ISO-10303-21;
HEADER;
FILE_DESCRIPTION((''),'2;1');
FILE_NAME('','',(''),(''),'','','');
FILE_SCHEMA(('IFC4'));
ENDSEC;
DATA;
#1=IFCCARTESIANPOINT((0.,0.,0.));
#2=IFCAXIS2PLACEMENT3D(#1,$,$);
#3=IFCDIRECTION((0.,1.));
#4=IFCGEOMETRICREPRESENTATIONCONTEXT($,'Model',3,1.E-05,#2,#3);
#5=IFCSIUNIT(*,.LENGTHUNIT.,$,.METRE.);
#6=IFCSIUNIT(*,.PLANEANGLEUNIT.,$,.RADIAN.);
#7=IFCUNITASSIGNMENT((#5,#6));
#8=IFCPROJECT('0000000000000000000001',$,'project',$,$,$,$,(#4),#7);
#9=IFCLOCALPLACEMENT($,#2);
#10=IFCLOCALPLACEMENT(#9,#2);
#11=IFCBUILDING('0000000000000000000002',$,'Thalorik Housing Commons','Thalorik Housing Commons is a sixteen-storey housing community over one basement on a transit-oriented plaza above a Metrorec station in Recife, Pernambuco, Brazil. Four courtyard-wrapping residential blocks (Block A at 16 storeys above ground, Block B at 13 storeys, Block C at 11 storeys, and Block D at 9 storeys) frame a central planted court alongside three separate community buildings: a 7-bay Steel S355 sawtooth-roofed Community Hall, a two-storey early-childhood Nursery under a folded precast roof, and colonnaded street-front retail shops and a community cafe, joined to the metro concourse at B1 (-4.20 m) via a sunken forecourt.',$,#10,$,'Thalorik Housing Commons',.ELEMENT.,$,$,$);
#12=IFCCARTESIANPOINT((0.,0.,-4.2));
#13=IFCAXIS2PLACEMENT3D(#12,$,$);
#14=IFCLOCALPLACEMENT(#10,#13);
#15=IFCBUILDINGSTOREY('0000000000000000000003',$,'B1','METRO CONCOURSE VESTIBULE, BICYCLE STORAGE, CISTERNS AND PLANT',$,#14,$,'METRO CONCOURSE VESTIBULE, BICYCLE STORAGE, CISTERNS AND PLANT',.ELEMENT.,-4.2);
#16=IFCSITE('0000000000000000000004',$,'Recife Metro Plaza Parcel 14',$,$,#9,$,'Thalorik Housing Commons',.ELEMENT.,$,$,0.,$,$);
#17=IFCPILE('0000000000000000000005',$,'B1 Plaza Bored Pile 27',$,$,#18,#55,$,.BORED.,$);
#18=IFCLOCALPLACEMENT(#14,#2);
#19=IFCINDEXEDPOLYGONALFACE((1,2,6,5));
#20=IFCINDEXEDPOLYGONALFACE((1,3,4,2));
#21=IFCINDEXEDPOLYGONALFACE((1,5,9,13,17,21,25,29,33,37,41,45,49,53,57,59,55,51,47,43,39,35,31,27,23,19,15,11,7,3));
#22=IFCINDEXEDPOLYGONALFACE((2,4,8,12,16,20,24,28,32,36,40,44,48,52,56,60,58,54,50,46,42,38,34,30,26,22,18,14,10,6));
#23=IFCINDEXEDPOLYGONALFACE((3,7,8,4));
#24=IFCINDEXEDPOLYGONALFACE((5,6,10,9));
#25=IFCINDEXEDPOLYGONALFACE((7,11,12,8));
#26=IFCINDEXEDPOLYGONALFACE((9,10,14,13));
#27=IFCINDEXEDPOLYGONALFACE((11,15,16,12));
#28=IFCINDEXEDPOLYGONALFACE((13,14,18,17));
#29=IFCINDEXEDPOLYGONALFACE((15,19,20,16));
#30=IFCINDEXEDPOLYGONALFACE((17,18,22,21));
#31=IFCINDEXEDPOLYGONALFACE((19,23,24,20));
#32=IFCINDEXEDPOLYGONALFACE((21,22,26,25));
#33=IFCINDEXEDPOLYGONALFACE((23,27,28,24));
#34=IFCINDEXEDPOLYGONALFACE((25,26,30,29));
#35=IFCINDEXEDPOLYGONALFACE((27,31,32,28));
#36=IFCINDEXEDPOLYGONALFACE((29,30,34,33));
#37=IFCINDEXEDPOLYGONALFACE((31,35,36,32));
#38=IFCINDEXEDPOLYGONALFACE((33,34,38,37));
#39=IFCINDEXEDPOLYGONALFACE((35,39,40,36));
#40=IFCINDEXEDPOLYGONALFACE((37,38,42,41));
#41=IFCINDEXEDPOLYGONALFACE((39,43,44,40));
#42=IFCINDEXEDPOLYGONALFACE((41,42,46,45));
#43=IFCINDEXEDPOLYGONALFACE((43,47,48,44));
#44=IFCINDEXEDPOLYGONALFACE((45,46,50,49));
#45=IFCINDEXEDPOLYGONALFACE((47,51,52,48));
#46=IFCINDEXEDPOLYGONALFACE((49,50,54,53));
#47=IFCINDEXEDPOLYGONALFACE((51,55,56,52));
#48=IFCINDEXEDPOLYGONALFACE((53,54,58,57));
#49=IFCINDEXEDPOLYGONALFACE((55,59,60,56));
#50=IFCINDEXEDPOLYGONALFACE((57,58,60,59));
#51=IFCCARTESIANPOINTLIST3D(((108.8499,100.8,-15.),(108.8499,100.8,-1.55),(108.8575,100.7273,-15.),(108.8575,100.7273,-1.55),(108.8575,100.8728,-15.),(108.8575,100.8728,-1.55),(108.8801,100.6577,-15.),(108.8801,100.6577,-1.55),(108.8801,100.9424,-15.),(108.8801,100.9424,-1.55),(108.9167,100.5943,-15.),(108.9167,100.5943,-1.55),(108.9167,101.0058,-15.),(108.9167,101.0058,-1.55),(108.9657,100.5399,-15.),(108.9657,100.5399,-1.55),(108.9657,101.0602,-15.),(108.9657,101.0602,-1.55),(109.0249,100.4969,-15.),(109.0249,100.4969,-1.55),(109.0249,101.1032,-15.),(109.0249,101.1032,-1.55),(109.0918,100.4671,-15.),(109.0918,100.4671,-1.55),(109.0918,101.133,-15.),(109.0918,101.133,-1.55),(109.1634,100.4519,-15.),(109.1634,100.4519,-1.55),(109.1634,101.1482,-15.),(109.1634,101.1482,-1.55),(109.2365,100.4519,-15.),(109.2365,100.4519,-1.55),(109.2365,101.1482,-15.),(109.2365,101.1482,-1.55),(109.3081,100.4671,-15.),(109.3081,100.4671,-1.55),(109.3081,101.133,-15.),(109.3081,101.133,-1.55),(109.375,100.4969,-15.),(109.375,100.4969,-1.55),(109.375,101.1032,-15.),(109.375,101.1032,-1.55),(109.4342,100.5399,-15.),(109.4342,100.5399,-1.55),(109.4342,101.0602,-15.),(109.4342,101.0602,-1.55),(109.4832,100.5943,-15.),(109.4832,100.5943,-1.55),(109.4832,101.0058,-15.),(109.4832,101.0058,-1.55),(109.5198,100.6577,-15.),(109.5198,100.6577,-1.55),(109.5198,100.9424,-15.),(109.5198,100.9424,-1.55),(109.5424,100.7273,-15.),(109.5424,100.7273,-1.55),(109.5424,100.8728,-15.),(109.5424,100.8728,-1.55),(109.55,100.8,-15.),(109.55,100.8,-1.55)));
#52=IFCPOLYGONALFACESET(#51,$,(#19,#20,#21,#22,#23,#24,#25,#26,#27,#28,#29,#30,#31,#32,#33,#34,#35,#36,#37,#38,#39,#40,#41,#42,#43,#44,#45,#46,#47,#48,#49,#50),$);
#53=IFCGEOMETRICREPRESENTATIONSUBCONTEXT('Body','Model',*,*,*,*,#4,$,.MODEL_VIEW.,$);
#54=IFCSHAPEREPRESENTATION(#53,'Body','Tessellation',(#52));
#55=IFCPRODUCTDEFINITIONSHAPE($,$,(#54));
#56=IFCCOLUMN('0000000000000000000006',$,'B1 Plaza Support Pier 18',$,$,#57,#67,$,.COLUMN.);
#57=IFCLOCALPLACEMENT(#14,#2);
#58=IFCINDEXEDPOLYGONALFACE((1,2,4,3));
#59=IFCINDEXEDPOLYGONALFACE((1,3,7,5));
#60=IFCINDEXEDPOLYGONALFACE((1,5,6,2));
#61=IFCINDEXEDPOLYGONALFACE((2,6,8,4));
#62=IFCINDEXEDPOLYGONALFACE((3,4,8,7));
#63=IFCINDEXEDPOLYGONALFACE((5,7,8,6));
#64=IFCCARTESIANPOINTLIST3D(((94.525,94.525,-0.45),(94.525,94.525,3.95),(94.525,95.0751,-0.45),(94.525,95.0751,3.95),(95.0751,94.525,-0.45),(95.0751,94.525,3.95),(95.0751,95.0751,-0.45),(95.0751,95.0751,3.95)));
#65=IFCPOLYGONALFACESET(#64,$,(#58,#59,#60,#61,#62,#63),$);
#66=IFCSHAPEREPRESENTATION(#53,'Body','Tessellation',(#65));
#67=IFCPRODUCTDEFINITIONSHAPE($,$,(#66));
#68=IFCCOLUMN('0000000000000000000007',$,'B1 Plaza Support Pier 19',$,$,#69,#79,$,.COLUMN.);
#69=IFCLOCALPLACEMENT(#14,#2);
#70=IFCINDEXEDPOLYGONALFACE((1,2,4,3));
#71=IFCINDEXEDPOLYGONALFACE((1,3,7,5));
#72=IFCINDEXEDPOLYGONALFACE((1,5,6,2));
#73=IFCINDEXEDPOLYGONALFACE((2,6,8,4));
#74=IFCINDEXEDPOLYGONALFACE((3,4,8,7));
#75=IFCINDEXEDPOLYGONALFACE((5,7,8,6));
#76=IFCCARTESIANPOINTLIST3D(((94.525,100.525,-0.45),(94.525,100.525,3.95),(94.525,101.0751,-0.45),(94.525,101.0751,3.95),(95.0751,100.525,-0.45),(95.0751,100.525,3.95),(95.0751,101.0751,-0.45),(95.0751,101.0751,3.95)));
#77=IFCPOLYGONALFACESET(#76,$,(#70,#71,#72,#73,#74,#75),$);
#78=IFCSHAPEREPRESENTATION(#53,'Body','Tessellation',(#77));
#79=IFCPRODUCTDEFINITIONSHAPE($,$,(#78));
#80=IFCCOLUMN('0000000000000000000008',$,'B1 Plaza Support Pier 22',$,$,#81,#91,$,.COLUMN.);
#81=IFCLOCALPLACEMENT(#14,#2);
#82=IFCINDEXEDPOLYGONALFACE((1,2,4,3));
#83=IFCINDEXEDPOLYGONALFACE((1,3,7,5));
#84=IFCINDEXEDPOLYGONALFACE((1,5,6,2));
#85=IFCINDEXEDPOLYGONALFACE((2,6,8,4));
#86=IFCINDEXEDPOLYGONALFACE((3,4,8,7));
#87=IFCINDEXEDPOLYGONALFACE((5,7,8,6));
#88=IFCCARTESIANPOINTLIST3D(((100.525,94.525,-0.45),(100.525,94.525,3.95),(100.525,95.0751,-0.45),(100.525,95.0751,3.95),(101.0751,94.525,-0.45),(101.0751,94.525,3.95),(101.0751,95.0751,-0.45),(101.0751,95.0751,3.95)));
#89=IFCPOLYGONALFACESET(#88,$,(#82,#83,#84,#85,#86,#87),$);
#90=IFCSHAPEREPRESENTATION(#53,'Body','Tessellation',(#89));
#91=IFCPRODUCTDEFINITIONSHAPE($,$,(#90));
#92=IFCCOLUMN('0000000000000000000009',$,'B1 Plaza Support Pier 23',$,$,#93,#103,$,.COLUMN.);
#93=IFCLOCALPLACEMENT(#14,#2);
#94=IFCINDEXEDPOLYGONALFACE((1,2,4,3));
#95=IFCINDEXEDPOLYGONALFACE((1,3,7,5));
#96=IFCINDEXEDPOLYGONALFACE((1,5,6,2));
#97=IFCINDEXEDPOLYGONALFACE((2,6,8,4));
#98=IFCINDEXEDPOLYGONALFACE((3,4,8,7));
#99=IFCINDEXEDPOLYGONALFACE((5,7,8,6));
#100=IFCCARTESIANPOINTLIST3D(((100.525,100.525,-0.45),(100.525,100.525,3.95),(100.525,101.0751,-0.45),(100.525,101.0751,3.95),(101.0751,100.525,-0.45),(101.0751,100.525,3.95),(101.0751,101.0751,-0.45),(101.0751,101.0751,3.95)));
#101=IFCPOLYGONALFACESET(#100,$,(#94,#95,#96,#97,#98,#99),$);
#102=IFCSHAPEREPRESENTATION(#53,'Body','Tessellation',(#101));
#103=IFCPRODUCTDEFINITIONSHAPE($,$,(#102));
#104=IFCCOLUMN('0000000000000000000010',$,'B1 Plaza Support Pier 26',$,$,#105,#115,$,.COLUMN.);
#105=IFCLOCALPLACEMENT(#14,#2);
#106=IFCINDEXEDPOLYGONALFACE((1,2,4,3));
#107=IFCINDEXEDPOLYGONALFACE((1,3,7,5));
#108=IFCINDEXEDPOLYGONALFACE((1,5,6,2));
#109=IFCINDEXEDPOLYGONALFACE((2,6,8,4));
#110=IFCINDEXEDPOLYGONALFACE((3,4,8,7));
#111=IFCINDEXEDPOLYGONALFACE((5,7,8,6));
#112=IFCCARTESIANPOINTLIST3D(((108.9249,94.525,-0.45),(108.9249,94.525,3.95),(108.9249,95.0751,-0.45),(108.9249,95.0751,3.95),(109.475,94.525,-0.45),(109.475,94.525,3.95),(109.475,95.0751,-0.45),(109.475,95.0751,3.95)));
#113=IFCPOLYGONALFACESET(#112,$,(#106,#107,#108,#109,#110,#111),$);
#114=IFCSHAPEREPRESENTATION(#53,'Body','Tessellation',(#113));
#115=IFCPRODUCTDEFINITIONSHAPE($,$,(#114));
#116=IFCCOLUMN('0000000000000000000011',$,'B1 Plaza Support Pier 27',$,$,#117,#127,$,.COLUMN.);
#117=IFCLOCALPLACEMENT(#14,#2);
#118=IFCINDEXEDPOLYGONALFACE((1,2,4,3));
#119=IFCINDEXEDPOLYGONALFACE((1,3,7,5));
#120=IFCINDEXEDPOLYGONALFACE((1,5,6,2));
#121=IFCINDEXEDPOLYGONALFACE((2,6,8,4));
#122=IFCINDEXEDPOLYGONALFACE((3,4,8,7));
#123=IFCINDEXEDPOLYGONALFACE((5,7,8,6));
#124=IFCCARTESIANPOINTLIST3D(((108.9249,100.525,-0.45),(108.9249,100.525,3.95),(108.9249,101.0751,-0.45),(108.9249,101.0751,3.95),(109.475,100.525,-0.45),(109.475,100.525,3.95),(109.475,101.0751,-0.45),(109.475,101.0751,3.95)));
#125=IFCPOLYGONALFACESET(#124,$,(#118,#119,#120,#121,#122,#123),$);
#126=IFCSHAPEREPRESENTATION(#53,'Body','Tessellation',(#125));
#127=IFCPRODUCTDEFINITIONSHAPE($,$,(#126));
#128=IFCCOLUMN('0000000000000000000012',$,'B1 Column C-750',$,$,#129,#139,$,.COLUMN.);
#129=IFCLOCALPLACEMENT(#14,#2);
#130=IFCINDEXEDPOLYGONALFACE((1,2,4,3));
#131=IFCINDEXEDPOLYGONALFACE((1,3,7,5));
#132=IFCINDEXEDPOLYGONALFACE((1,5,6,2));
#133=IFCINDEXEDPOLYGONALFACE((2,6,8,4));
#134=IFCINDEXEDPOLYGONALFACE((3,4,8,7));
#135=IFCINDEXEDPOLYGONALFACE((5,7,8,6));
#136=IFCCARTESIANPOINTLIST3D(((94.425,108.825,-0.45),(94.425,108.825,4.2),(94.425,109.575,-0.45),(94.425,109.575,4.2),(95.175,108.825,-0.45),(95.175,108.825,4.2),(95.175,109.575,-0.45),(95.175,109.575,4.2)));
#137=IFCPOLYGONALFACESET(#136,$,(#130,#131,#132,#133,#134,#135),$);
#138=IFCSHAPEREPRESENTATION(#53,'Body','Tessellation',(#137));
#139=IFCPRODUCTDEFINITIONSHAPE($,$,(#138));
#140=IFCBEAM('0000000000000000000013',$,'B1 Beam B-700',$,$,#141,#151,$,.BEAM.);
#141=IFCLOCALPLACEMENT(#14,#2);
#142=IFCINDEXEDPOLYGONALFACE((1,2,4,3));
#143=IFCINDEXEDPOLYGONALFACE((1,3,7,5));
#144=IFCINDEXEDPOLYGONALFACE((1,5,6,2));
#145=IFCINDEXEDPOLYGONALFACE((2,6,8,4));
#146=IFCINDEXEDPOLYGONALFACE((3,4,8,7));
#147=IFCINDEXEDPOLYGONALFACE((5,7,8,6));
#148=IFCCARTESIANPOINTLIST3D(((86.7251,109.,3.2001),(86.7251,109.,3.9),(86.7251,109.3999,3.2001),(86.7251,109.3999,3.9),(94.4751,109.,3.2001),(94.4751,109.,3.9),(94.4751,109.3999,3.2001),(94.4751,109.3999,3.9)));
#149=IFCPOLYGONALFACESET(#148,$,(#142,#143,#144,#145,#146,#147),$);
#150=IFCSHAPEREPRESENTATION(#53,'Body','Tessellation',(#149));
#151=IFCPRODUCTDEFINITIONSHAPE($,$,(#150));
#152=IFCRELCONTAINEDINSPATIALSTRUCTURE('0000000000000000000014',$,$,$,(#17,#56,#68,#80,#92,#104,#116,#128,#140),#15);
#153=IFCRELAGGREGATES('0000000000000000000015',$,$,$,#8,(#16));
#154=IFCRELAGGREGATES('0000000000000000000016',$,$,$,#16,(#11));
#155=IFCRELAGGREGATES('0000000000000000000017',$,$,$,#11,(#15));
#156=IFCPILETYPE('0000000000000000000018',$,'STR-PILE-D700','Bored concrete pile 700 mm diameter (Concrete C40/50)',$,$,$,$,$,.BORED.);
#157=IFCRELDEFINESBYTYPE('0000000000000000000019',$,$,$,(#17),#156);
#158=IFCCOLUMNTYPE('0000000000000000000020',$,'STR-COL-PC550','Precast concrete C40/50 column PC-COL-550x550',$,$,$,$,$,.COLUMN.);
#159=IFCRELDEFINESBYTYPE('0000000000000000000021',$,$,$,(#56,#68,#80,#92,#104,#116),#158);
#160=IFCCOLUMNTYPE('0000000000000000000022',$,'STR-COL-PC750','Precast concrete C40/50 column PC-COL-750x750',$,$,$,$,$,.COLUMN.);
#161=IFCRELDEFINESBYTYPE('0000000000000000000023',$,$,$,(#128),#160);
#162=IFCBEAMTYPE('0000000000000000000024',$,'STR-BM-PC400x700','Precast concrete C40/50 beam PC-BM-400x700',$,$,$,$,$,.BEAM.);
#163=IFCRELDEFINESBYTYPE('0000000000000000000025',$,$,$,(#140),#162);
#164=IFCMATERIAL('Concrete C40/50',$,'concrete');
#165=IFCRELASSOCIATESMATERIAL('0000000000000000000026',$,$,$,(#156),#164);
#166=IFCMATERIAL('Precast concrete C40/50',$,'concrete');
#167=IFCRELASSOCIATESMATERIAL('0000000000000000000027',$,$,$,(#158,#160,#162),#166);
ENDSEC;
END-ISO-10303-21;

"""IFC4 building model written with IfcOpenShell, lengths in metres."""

from ifc_helpers import new_model, si_unit, direction, frame, origin, origin_2d, place, context, subcontext, project, spatial, rectangle, circle, extrude, material, material_profile, profile_set, type_object, element, save


model = new_model("IFC4")

# Units and contexts
model_context = context("Model", 3, precision=1e-05, world=origin(), true_north=direction((0.0, 1.0)))
body_context = subcontext(model_context, "Body", "Model", "MODEL_VIEW")
ifc_project = project(units=[si_unit("LENGTHUNIT", "METRE"), si_unit("PLANEANGLEUNIT", "RADIAN")], contexts=[model_context])

# Site, building, storey
site_placement = place(None, origin())
site = spatial("IfcSite", under=ifc_project, at=site_placement, Name="Recife Metro Plaza Parcel 14", LongName="Thalorik Housing Commons", CompositionType="ELEMENT", RefElevation=0.0)
building_placement = place(site_placement, origin())
building = spatial("IfcBuilding", under=site, at=building_placement, Name="Thalorik Housing Commons", Description="Thalorik Housing Commons is a sixteen-storey housing community over one basement on a transit-oriented plaza above a Metrorec station in Recife, Pernambuco, Brazil. Four courtyard-wrapping residential blocks (Block A at 16 storeys above ground, Block B at 13 storeys, Block C at 11 storeys, and Block D at 9 storeys) frame a central planted court alongside three separate community buildings: a 7-bay Steel S355 sawtooth-roofed Community Hall, a two-storey early-childhood Nursery under a folded precast roof, and colonnaded street-front retail shops and a community cafe, joined to the metro concourse at B1 (-4.20 m) via a sunken forecourt.", LongName="Thalorik Housing Commons", CompositionType="ELEMENT")
storey_placement = place(building_placement, frame((0.0, 0.0, -4.2)))
storey = spatial("IfcBuildingStorey", under=building, at=storey_placement, Name="B1", Description="METRO CONCOURSE VESTIBULE, BICYCLE STORAGE, CISTERNS AND PLANT", LongName="METRO CONCOURSE VESTIBULE, BICYCLE STORAGE, CISTERNS AND PLANT", CompositionType="ELEMENT", Elevation=-4.2)

# Shared definitions
ifc_material_1 = material(Name="Concrete C40/50", Category="concrete")

# Pile
ifc_material_profile_1 = material_profile(ifc_material_1, circle(Radius=0.3501, at=origin_2d()), Name="BORED PILE D700", Category="concrete")
ifc_profile_set_1 = profile_set([ifc_material_profile_1], Name="Concrete C40/50")
pile_type = type_object("IfcPileType", Name="STR-PILE-D700", Description="Bored concrete pile 700 mm diameter (Concrete C40/50)", PredefinedType="BORED", material=ifc_profile_set_1)
for number, where, z_axis, x_axis, name in (
    (1, (109.2, 100.8, -1.55), (0.0, 0.0, -1.0), (1.0, 0.0, 0.0), "B1 Plaza Bored Pile 27"),
):
    element("IfcPile", number, at=place(storey_placement, frame(where, z_axis=z_axis, x_axis=x_axis)), inside=storey, type_object=pile_type, Name=name, PredefinedType="BORED", context=body_context, shape_type="SweptSolid", body=[
        extrude(circle(Radius=0.3501, at=origin_2d()), origin(), (0.0, 0.0, 1.0), 13.45),
    ])

# Columns
ifc_material_2 = material(Name="Precast concrete C40/50", Category="concrete")
ifc_material_profile_2 = material_profile(ifc_material_2, rectangle(XDim=0.55, YDim=0.55, at=origin_2d()), Name="PC 550x550", Category="concrete")
ifc_profile_set_2 = profile_set([ifc_material_profile_2], Name="Precast concrete C40/50")
column_type_1 = type_object("IfcColumnType", Name="STR-COL-PC550", Description="Precast concrete C40/50 column PC-COL-550x550", PredefinedType="COLUMN", material=ifc_profile_set_2)
for number, where, z_axis, x_axis, name in (
    (2, (94.8, 94.8, -0.45), (0.0, 0.0, 1.0), (1.0, 0.0, 0.0), "B1 Plaza Support Pier 18"),
    (3, (94.8, 100.8, -0.45), (0.0, 0.0, 1.0), (1.0, 0.0, 0.0), "B1 Plaza Support Pier 19"),
    (4, (100.8, 94.8, -0.45), (0.0, 0.0, 1.0), (1.0, 0.0, 0.0), "B1 Plaza Support Pier 22"),
    (5, (100.8, 100.8, -0.45), (0.0, 0.0, 1.0), (1.0, 0.0, 0.0), "B1 Plaza Support Pier 23"),
    (6, (109.2, 94.8, -0.45), (0.0, 0.0, 1.0), (1.0, 0.0, 0.0), "B1 Plaza Support Pier 26"),
    (7, (109.2, 100.8, -0.45), (0.0, 0.0, 1.0), (1.0, 0.0, 0.0), "B1 Plaza Support Pier 27"),
):
    element("IfcColumn", number, at=place(storey_placement, frame(where, z_axis=z_axis, x_axis=x_axis)), inside=storey, type_object=column_type_1, Name=name, PredefinedType="COLUMN", context=body_context, shape_type="SweptSolid", body=[
        extrude(rectangle(XDim=0.55, YDim=0.55, at=origin_2d()), origin(), (0.0, 0.0, 1.0), 4.3999),
    ])
ifc_material_profile_3 = material_profile(ifc_material_2, rectangle(XDim=0.75, YDim=0.75, at=origin_2d()), Name="PC 750x750", Category="concrete")
ifc_profile_set_3 = profile_set([ifc_material_profile_3], Name="Precast concrete C40/50")
column_type_2 = type_object("IfcColumnType", Name="STR-COL-PC750", Description="Precast concrete C40/50 column PC-COL-750x750", PredefinedType="COLUMN", material=ifc_profile_set_3)
column_placement = place(storey_placement, frame((94.8, 109.2, -0.45), z_axis=(0.0, 0.0, 1.0), x_axis=(1.0, 0.0, 0.0)))
element("IfcColumn", 8, at=column_placement, inside=storey, type_object=column_type_2, Name="B1 Column C-750", PredefinedType="COLUMN", context=body_context, shape_type="SweptSolid", body=[
    extrude(rectangle(XDim=0.75, YDim=0.75, at=origin_2d()), origin(), (0.0, 0.0, 1.0), 4.6499),
])

# Beam
ifc_material_profile_4 = material_profile(ifc_material_2, rectangle(XDim=0.3999, YDim=0.7, at=origin_2d()), Name="PC 400x700", Category="concrete")
ifc_profile_set_4 = profile_set([ifc_material_profile_4], Name="Precast concrete C40/50")
beam_type = type_object("IfcBeamType", Name="STR-BM-PC400x700", Description="Precast concrete C40/50 beam PC-BM-400x700", PredefinedType="BEAM", material=ifc_profile_set_4)
beam_placement = place(storey_placement, frame((86.7251, 109.2, 3.55), z_axis=(1.0, 0.0, 0.0), x_axis=(0.0, 1.0, 0.0)))
element("IfcBeam", 9, at=beam_placement, inside=storey, type_object=beam_type, Name="B1 Beam B-700", PredefinedType="BEAM", context=body_context, shape_type="SweptSolid", body=[
    extrude(rectangle(XDim=0.3999, YDim=0.7, at=origin_2d()), origin(), (0.0, 0.0, 1.0), 7.75),
])

save(model, "model.ifc")
